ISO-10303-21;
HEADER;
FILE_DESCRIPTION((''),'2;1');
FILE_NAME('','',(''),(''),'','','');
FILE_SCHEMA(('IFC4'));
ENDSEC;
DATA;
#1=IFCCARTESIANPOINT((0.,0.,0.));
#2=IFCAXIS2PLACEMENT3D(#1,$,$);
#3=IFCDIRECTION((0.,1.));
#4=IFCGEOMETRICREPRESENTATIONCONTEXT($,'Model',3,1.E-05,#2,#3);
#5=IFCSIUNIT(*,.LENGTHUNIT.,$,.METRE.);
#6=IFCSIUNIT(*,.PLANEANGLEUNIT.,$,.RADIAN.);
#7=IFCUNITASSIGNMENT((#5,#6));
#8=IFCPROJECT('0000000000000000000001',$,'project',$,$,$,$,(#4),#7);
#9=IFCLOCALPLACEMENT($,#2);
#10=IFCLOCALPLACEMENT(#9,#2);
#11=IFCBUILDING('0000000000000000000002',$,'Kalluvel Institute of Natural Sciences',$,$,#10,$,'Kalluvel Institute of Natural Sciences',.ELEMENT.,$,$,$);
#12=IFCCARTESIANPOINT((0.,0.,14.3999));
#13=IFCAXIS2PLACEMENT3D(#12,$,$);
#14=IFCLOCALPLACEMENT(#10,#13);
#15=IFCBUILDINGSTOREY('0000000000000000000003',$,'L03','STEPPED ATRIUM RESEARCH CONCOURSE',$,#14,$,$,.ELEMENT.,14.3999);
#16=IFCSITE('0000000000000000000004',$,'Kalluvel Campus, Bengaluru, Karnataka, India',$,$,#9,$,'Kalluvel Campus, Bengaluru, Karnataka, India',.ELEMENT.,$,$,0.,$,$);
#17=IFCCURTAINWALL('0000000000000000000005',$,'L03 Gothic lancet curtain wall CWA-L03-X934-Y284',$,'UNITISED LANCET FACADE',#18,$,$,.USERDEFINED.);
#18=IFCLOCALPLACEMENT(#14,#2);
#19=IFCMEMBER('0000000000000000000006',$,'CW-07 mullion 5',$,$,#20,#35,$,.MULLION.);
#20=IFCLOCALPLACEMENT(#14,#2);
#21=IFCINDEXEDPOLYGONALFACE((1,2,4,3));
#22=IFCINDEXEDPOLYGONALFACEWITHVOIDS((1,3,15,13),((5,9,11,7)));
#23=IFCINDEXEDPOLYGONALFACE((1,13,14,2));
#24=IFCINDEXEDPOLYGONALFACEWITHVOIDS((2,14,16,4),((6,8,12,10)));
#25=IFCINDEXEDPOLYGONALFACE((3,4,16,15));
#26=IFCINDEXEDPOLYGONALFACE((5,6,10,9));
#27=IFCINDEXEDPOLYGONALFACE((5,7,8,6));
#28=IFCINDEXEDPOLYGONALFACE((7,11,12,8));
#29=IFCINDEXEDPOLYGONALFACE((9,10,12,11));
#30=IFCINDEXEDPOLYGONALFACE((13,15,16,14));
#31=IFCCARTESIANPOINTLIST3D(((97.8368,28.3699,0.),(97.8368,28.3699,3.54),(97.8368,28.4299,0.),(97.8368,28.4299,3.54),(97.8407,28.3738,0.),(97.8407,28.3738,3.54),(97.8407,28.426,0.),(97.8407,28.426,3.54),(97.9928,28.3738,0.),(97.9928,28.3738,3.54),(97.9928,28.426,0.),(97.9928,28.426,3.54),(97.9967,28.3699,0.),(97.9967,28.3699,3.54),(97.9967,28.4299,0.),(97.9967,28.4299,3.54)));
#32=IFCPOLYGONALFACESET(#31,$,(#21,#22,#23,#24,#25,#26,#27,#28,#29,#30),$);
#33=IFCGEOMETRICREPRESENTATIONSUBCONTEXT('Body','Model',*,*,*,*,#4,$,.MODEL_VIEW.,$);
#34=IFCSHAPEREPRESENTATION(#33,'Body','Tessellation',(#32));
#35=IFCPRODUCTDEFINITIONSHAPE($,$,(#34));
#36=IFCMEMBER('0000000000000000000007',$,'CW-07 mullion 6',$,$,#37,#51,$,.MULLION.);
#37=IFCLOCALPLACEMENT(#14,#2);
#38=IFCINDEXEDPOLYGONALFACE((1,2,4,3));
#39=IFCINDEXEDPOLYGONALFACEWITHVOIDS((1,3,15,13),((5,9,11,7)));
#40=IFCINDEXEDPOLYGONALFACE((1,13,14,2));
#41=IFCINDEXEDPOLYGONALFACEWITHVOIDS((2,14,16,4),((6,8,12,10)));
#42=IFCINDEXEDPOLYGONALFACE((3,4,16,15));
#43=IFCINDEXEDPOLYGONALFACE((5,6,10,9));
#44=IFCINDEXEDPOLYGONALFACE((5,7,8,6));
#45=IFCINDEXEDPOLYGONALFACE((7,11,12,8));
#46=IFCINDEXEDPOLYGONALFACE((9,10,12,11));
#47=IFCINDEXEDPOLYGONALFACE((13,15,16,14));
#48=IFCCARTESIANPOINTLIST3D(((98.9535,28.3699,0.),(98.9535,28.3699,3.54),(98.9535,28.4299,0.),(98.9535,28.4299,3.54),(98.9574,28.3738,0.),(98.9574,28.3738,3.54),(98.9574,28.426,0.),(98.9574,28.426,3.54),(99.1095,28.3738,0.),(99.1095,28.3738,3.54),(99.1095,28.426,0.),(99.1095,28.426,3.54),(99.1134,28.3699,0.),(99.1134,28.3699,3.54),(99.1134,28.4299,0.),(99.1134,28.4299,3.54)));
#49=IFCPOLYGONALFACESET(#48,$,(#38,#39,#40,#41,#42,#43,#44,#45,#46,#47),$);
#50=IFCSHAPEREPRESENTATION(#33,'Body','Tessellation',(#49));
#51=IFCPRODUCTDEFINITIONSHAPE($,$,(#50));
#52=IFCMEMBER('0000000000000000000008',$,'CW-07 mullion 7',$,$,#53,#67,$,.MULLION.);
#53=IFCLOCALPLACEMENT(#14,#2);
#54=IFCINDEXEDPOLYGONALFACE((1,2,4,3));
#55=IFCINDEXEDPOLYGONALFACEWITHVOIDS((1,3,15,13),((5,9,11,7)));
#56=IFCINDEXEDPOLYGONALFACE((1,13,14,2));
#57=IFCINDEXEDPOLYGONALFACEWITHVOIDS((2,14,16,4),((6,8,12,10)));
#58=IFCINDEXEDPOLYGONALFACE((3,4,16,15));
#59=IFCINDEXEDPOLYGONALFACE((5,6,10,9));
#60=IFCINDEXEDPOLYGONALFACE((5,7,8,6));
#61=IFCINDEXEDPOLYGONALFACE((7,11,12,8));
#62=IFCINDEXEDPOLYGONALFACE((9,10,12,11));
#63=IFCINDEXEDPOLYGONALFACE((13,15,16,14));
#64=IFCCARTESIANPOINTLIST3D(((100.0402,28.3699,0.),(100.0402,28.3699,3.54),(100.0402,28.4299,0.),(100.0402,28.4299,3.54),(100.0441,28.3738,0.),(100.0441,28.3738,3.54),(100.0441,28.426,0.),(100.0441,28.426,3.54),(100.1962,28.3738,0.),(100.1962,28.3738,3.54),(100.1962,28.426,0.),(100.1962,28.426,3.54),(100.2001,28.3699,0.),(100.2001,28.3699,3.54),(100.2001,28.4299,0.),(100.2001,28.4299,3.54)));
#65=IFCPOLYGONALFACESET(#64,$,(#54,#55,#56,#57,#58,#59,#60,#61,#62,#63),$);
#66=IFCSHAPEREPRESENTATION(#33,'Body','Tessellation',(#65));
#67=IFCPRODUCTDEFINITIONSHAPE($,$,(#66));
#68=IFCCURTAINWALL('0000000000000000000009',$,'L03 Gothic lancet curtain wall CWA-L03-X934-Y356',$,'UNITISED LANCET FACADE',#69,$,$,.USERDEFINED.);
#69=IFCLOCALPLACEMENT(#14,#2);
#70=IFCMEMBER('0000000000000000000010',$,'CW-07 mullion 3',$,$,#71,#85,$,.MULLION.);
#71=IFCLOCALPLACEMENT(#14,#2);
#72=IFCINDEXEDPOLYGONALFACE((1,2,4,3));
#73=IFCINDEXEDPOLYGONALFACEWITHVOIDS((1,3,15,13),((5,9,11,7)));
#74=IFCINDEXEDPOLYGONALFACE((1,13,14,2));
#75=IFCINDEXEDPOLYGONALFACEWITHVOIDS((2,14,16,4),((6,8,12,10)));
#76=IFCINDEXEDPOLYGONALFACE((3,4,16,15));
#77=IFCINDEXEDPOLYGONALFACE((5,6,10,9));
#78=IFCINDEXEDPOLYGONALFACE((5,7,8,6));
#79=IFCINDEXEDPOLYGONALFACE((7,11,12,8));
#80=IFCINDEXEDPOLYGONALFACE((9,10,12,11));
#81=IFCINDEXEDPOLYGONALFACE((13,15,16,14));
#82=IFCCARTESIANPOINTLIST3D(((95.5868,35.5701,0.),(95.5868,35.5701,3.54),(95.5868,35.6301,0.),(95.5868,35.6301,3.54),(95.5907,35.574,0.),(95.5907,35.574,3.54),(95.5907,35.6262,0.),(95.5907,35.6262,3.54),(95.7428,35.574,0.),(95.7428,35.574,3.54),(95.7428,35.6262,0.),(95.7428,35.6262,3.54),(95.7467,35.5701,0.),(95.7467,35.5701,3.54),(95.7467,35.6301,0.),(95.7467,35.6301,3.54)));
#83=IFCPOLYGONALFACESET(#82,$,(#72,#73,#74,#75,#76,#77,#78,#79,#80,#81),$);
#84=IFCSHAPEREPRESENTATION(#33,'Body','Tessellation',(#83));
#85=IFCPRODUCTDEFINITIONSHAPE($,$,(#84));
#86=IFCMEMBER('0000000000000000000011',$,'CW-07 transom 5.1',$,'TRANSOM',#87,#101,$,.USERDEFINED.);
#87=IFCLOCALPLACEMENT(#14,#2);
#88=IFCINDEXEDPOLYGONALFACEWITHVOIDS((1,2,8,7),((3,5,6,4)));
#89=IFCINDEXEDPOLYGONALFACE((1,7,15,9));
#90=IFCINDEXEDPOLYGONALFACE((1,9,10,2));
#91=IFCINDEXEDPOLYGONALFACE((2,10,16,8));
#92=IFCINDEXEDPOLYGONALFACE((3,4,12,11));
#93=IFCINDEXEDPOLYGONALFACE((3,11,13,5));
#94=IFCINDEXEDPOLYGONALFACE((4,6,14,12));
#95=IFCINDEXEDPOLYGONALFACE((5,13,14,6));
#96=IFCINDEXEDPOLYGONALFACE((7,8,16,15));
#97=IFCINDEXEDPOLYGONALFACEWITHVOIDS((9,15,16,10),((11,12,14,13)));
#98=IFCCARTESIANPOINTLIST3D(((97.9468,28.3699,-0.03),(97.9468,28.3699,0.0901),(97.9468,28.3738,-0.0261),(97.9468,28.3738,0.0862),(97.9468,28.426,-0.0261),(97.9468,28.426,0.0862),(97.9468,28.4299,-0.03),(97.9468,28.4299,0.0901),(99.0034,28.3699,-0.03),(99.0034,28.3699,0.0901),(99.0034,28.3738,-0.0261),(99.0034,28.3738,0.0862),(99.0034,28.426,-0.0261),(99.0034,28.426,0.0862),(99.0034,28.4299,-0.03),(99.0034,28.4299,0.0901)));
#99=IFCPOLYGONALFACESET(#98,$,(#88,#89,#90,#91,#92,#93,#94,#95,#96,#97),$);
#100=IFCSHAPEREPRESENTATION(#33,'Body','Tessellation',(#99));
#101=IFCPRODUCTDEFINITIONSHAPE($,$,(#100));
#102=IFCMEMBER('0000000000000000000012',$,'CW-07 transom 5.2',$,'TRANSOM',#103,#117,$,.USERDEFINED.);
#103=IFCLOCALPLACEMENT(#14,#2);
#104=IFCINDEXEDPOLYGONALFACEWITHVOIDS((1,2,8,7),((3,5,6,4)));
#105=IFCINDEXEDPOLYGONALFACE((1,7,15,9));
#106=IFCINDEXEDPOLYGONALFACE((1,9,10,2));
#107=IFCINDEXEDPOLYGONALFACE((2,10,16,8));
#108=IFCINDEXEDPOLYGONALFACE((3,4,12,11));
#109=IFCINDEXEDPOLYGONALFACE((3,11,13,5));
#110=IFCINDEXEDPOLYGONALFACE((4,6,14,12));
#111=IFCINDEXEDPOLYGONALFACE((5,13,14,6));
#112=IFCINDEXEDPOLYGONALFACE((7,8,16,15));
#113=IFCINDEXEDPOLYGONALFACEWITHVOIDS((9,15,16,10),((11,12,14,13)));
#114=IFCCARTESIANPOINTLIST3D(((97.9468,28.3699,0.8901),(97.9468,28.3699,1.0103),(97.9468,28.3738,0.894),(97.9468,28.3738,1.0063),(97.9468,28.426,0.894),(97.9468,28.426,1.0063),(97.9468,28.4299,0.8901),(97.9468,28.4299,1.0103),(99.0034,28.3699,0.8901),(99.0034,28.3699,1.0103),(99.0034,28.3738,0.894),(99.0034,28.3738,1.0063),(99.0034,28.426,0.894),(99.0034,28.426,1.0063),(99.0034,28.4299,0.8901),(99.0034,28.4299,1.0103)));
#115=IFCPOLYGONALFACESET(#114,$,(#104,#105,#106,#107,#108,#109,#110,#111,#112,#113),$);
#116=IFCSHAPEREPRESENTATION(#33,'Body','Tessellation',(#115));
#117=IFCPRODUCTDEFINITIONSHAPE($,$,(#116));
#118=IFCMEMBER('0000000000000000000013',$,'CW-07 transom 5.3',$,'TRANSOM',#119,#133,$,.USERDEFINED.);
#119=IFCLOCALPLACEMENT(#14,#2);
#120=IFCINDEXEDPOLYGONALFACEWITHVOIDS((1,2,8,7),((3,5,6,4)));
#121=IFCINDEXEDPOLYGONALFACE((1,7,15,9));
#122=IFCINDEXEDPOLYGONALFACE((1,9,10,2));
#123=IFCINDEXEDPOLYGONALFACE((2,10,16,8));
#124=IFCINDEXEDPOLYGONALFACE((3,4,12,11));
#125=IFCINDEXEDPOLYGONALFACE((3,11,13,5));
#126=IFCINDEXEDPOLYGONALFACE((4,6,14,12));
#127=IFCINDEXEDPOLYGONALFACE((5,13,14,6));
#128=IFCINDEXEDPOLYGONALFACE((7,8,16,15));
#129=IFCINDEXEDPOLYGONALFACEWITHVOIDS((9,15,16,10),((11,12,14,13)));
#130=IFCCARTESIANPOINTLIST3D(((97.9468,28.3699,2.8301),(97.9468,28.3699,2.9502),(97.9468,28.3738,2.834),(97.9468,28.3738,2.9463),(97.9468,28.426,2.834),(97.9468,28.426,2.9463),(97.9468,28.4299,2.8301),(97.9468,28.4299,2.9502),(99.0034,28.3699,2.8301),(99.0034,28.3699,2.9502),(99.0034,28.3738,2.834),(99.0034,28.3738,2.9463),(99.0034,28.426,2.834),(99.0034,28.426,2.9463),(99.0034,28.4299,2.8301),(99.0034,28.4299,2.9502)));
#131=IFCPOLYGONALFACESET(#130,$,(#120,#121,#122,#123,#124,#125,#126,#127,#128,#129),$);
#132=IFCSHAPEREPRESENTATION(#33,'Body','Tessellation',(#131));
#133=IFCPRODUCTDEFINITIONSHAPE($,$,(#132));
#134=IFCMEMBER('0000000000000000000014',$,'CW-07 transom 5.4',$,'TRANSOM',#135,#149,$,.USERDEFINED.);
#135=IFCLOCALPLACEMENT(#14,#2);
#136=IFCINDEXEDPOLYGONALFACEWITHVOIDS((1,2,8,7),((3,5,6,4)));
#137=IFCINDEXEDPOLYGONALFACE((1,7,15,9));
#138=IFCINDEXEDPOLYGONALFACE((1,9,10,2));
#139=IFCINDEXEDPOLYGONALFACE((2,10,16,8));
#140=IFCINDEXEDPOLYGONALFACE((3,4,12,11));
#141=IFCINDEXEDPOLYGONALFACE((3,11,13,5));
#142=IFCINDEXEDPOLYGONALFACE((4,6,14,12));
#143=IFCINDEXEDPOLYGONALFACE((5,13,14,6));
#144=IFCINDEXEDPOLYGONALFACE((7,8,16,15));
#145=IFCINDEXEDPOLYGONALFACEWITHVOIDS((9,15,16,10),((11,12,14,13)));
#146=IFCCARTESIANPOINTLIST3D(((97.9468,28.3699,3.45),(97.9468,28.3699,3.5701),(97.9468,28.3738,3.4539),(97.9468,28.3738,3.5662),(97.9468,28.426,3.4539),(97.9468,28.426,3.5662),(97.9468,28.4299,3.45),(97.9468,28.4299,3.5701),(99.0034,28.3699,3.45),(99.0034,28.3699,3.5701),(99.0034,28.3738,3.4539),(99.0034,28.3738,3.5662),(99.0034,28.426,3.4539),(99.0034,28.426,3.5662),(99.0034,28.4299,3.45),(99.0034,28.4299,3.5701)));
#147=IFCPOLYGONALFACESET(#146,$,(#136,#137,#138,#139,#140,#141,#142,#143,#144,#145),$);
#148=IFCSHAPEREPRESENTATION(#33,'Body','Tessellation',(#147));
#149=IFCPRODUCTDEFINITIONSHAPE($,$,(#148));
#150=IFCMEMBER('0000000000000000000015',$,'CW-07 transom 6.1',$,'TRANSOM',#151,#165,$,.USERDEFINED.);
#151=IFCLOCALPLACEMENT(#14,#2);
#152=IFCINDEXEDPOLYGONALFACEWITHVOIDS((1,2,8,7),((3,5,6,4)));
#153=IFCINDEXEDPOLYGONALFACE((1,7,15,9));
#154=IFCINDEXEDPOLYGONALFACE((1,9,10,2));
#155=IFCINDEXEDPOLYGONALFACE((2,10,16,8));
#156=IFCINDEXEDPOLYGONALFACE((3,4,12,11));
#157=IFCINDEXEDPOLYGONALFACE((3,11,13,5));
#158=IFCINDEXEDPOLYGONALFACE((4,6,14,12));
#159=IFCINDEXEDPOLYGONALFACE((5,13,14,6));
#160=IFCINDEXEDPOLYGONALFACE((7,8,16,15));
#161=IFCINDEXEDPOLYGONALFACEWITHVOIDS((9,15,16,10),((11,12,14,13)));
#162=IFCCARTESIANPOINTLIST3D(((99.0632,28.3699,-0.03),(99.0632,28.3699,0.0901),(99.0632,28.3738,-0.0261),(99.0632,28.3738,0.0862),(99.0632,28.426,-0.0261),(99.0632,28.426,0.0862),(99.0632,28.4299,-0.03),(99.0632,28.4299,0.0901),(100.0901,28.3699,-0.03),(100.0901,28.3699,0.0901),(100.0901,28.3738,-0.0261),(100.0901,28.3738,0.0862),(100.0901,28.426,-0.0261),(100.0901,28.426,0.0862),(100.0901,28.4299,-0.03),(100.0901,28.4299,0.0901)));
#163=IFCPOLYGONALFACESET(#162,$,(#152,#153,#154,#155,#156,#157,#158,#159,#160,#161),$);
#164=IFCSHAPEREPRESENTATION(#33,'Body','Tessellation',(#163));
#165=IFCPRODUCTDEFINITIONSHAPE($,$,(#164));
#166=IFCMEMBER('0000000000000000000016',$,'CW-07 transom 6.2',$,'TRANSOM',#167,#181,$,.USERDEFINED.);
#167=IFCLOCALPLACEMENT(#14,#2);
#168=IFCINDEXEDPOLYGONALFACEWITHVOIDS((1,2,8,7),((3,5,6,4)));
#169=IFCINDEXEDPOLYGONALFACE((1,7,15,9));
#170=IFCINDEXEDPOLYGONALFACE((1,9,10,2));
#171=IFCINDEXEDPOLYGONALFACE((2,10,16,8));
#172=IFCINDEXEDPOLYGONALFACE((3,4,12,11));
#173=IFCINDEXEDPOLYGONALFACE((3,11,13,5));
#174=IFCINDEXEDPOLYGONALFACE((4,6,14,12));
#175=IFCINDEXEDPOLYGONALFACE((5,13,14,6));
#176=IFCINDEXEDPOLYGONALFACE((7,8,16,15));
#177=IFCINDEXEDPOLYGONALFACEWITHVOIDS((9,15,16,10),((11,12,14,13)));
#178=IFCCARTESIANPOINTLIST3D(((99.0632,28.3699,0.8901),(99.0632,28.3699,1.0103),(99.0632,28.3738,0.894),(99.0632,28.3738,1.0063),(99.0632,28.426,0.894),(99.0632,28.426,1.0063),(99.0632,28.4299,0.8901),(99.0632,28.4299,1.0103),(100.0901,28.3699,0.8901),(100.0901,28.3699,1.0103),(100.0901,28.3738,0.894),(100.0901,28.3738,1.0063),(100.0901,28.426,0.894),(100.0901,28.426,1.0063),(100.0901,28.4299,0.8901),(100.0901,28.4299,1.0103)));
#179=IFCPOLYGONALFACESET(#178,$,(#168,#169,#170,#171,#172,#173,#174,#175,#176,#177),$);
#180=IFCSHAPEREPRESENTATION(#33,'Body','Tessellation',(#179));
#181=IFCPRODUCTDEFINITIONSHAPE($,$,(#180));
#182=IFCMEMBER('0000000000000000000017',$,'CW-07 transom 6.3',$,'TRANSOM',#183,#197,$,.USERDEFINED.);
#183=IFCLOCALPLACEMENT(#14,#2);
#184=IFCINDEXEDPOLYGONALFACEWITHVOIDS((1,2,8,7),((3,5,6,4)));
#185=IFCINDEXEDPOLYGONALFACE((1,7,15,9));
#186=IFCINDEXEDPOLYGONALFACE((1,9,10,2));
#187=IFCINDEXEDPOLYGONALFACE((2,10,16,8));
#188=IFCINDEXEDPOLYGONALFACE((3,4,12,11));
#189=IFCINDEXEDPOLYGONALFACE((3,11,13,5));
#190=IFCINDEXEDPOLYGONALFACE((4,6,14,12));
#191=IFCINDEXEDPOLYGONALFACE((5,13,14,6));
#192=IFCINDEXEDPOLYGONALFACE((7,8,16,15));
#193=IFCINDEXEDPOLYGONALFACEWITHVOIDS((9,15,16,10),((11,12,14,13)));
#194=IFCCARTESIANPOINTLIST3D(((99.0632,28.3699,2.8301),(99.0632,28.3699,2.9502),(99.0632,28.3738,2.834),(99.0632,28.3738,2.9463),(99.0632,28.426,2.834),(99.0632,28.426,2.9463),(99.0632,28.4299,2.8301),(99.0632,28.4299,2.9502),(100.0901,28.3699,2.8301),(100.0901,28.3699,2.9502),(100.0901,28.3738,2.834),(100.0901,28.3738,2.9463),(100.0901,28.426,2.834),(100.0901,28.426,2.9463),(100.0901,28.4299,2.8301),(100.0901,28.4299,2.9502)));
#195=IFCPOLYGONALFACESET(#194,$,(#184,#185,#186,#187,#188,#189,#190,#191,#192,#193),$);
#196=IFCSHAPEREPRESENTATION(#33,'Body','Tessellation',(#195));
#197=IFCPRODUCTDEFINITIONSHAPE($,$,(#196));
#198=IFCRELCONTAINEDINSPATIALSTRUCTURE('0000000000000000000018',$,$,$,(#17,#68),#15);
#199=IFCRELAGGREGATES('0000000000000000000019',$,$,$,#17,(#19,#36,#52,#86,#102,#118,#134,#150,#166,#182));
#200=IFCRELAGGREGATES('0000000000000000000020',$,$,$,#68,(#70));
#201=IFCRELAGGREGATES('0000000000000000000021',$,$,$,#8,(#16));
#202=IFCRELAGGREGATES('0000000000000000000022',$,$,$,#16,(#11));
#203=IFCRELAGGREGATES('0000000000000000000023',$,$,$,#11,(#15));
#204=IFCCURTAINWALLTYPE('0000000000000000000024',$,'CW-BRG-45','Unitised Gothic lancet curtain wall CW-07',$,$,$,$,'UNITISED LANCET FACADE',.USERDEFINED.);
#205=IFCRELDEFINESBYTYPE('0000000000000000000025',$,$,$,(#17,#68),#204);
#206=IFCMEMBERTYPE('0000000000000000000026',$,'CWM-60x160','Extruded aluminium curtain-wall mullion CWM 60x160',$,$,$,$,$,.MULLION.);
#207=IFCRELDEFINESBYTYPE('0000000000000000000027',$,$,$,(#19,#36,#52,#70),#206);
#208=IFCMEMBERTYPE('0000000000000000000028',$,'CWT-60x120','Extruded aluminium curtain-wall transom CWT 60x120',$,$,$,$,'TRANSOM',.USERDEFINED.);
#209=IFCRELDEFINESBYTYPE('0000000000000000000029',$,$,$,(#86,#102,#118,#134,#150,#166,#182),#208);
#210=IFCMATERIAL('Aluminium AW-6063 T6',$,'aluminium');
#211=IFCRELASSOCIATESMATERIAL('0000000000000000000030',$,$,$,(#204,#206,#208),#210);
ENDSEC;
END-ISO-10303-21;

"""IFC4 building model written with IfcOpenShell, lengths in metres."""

from ifc_helpers import new_model, si_unit, direction, frame, origin, origin_2d, place, context, subcontext, project, spatial, hollow_rectangle, extrude, material, material_profile, profile_set, type_object, element, aggregate, save


model = new_model("IFC4")

# Units and contexts
model_context = context("Model", 3, precision=1e-05, world=origin(), true_north=direction((0.0, 1.0)))
body_context = subcontext(model_context, "Body", "Model", "MODEL_VIEW")
ifc_project = project(units=[si_unit("LENGTHUNIT", "METRE"), si_unit("PLANEANGLEUNIT", "RADIAN")], contexts=[model_context])

# Site, building, storey
site_placement = place(None, origin())
site = spatial("IfcSite", under=ifc_project, at=site_placement, Name="Kalluvel Campus, Bengaluru, Karnataka, India", LongName="Kalluvel Campus, Bengaluru, Karnataka, India", CompositionType="ELEMENT", RefElevation=0.0)
building_placement = place(site_placement, origin())
building = spatial("IfcBuilding", under=site, at=building_placement, Name="Kalluvel Institute of Natural Sciences", LongName="Kalluvel Institute of Natural Sciences", CompositionType="ELEMENT")
storey_placement = place(building_placement, frame((0.0, 0.0, 14.3999)))
storey = spatial("IfcBuildingStorey", under=building, at=storey_placement, Name="L03", Description="STEPPED ATRIUM RESEARCH CONCOURSE", CompositionType="ELEMENT", Elevation=14.3999)

# Curtain wall, members
ifc_material_1 = material(Name="Aluminium AW-6063 T6", Category="aluminium")
curtain_wall_type = type_object("IfcCurtainWallType", Name="CW-BRG-45", Description="Unitised Gothic lancet curtain wall CW-07", ElementType="UNITISED LANCET FACADE", PredefinedType="USERDEFINED", material=ifc_material_1)
curtain_wall_1_placement = place(storey_placement, origin())
curtain_wall_1 = element("IfcCurtainWall", 1, at=curtain_wall_1_placement, inside=storey, type_object=curtain_wall_type, Name="L03 Gothic lancet curtain wall CWA-L03-X934-Y284", ObjectType="UNITISED LANCET FACADE", PredefinedType="USERDEFINED")
ifc_material_profile_1 = material_profile(ifc_material_1, hollow_rectangle(XDim=0.0601, YDim=0.1599, WallThickness=0.0039, at=origin_2d()), Name="CWM 60x160")
ifc_profile_set_1 = profile_set([ifc_material_profile_1], Name="Aluminium AW-6063 T6")
member_type_1 = type_object("IfcMemberType", Name="CWM-60x160", Description="Extruded aluminium curtain-wall mullion CWM 60x160", PredefinedType="MULLION", material=ifc_profile_set_1)
member_1_placement = place(storey_placement, frame((97.9167, 28.3999, 0.0), z_axis=(0.0, 0.0, 1.0), x_axis=(0.0, 1.0, 0.0)))
member_1 = element("IfcMember", 2, at=member_1_placement, type_object=member_type_1, Name="CW-07 mullion 5", PredefinedType="MULLION", context=body_context, shape_type="SweptSolid", body=[
    extrude(hollow_rectangle(XDim=0.0601, YDim=0.1599, WallThickness=0.0039, at=origin_2d()), origin(), (0.0, 0.0, 1.0), 3.54),
])
member_2_placement = place(storey_placement, frame((99.0334, 28.3999, 0.0), z_axis=(0.0, 0.0, 1.0), x_axis=(0.0, 1.0, 0.0)))
member_2 = element("IfcMember", 3, at=member_2_placement, type_object=member_type_1, Name="CW-07 mullion 6", PredefinedType="MULLION", context=body_context, shape_type="SweptSolid", body=[
    extrude(hollow_rectangle(XDim=0.0601, YDim=0.1599, WallThickness=0.0039, at=origin_2d()), origin(), (0.0, 0.0, 1.0), 3.54),
])
member_3_placement = place(storey_placement, frame((100.1201, 28.3999, 0.0), z_axis=(0.0, 0.0, 1.0), x_axis=(0.0, 1.0, 0.0)))
member_3 = element("IfcMember", 4, at=member_3_placement, type_object=member_type_1, Name="CW-07 mullion 7", PredefinedType="MULLION", context=body_context, shape_type="SweptSolid", body=[
    extrude(hollow_rectangle(XDim=0.0601, YDim=0.1599, WallThickness=0.0039, at=origin_2d()), origin(), (0.0, 0.0, 1.0), 3.54),
])

# Curtain wall, member
curtain_wall_2_placement = place(storey_placement, origin())
curtain_wall_2 = element("IfcCurtainWall", 5, at=curtain_wall_2_placement, inside=storey, type_object=curtain_wall_type, Name="L03 Gothic lancet curtain wall CWA-L03-X934-Y356", ObjectType="UNITISED LANCET FACADE", PredefinedType="USERDEFINED")
member_4_placement = place(storey_placement, frame((95.6667, 35.6001, 0.0), z_axis=(0.0, 0.0, 1.0), x_axis=(0.0, 1.0, 0.0)))
member_4 = element("IfcMember", 6, at=member_4_placement, type_object=member_type_1, Name="CW-07 mullion 3", PredefinedType="MULLION", context=body_context, shape_type="SweptSolid", body=[
    extrude(hollow_rectangle(XDim=0.0601, YDim=0.1599, WallThickness=0.0039, at=origin_2d()), origin(), (0.0, 0.0, 1.0), 3.54),
])

# Members
ifc_material_profile_2 = material_profile(ifc_material_1, hollow_rectangle(XDim=0.0601, YDim=0.1201, WallThickness=0.0039, at=origin_2d()), Name="CWT 60x120")
ifc_profile_set_2 = profile_set([ifc_material_profile_2], Name="Aluminium AW-6063 T6")
member_type_2 = type_object("IfcMemberType", Name="CWT-60x120", Description="Extruded aluminium curtain-wall transom CWT 60x120", ElementType="TRANSOM", PredefinedType="USERDEFINED", material=ifc_profile_set_2)
member_5_placement = place(storey_placement, frame((97.9468, 28.3999, 0.03), z_axis=(1.0, 0.0, 0.0), x_axis=(0.0, 1.0, 0.0)))
member_5 = element("IfcMember", 7, at=member_5_placement, type_object=member_type_2, Name="CW-07 transom 5.1", ObjectType="TRANSOM", PredefinedType="USERDEFINED", context=body_context, shape_type="SweptSolid", body=[
    extrude(hollow_rectangle(XDim=0.0601, YDim=0.1201, WallThickness=0.0039, at=origin_2d()), origin(), (0.0, 0.0, 1.0), 1.0566),
])
member_6_placement = place(storey_placement, frame((97.9468, 28.3999, 0.9502), z_axis=(1.0, 0.0, 0.0), x_axis=(0.0, 1.0, 0.0)))
member_6 = element("IfcMember", 8, at=member_6_placement, type_object=member_type_2, Name="CW-07 transom 5.2", ObjectType="TRANSOM", PredefinedType="USERDEFINED", context=body_context, shape_type="SweptSolid", body=[
    extrude(hollow_rectangle(XDim=0.0601, YDim=0.1201, WallThickness=0.0039, at=origin_2d()), origin(), (0.0, 0.0, 1.0), 1.0566),
])
member_7_placement = place(storey_placement, frame((97.9468, 28.3999, 2.8901), z_axis=(1.0, 0.0, 0.0), x_axis=(0.0, 1.0, 0.0)))
member_7 = element("IfcMember", 9, at=member_7_placement, type_object=member_type_2, Name="CW-07 transom 5.3", ObjectType="TRANSOM", PredefinedType="USERDEFINED", context=body_context, shape_type="SweptSolid", body=[
    extrude(hollow_rectangle(XDim=0.0601, YDim=0.1201, WallThickness=0.0039, at=origin_2d()), origin(), (0.0, 0.0, 1.0), 1.0566),
])
member_8_placement = place(storey_placement, frame((97.9468, 28.3999, 3.51), z_axis=(1.0, 0.0, 0.0), x_axis=(0.0, 1.0, 0.0)))
member_8 = element("IfcMember", 10, at=member_8_placement, type_object=member_type_2, Name="CW-07 transom 5.4", ObjectType="TRANSOM", PredefinedType="USERDEFINED", context=body_context, shape_type="SweptSolid", body=[
    extrude(hollow_rectangle(XDim=0.0601, YDim=0.1201, WallThickness=0.0039, at=origin_2d()), origin(), (0.0, 0.0, 1.0), 1.0566),
])
member_9_placement = place(storey_placement, frame((99.0632, 28.3999, 0.03), z_axis=(1.0, 0.0, 0.0), x_axis=(0.0, 1.0, 0.0)))
member_9 = element("IfcMember", 11, at=member_9_placement, type_object=member_type_2, Name="CW-07 transom 6.1", ObjectType="TRANSOM", PredefinedType="USERDEFINED", context=body_context, shape_type="SweptSolid", body=[
    extrude(hollow_rectangle(XDim=0.0601, YDim=0.1201, WallThickness=0.0039, at=origin_2d()), origin(), (0.0, 0.0, 1.0), 1.0269),
])
member_10_placement = place(storey_placement, frame((99.0632, 28.3999, 0.9502), z_axis=(1.0, 0.0, 0.0), x_axis=(0.0, 1.0, 0.0)))
member_10 = element("IfcMember", 12, at=member_10_placement, type_object=member_type_2, Name="CW-07 transom 6.2", ObjectType="TRANSOM", PredefinedType="USERDEFINED", context=body_context, shape_type="SweptSolid", body=[
    extrude(hollow_rectangle(XDim=0.0601, YDim=0.1201, WallThickness=0.0039, at=origin_2d()), origin(), (0.0, 0.0, 1.0), 1.0269),
])
member_11_placement = place(storey_placement, frame((99.0632, 28.3999, 2.8901), z_axis=(1.0, 0.0, 0.0), x_axis=(0.0, 1.0, 0.0)))
member_11 = element("IfcMember", 13, at=member_11_placement, type_object=member_type_2, Name="CW-07 transom 6.3", ObjectType="TRANSOM", PredefinedType="USERDEFINED", context=body_context, shape_type="SweptSolid", body=[
    extrude(hollow_rectangle(XDim=0.0601, YDim=0.1201, WallThickness=0.0039, at=origin_2d()), origin(), (0.0, 0.0, 1.0), 1.0269),
])

aggregate(curtain_wall_1, [member_1, member_2, member_3, member_5, member_6, member_7, member_8, member_9, member_10, member_11])
aggregate(curtain_wall_2, [member_4])

save(model, "model.ifc")
